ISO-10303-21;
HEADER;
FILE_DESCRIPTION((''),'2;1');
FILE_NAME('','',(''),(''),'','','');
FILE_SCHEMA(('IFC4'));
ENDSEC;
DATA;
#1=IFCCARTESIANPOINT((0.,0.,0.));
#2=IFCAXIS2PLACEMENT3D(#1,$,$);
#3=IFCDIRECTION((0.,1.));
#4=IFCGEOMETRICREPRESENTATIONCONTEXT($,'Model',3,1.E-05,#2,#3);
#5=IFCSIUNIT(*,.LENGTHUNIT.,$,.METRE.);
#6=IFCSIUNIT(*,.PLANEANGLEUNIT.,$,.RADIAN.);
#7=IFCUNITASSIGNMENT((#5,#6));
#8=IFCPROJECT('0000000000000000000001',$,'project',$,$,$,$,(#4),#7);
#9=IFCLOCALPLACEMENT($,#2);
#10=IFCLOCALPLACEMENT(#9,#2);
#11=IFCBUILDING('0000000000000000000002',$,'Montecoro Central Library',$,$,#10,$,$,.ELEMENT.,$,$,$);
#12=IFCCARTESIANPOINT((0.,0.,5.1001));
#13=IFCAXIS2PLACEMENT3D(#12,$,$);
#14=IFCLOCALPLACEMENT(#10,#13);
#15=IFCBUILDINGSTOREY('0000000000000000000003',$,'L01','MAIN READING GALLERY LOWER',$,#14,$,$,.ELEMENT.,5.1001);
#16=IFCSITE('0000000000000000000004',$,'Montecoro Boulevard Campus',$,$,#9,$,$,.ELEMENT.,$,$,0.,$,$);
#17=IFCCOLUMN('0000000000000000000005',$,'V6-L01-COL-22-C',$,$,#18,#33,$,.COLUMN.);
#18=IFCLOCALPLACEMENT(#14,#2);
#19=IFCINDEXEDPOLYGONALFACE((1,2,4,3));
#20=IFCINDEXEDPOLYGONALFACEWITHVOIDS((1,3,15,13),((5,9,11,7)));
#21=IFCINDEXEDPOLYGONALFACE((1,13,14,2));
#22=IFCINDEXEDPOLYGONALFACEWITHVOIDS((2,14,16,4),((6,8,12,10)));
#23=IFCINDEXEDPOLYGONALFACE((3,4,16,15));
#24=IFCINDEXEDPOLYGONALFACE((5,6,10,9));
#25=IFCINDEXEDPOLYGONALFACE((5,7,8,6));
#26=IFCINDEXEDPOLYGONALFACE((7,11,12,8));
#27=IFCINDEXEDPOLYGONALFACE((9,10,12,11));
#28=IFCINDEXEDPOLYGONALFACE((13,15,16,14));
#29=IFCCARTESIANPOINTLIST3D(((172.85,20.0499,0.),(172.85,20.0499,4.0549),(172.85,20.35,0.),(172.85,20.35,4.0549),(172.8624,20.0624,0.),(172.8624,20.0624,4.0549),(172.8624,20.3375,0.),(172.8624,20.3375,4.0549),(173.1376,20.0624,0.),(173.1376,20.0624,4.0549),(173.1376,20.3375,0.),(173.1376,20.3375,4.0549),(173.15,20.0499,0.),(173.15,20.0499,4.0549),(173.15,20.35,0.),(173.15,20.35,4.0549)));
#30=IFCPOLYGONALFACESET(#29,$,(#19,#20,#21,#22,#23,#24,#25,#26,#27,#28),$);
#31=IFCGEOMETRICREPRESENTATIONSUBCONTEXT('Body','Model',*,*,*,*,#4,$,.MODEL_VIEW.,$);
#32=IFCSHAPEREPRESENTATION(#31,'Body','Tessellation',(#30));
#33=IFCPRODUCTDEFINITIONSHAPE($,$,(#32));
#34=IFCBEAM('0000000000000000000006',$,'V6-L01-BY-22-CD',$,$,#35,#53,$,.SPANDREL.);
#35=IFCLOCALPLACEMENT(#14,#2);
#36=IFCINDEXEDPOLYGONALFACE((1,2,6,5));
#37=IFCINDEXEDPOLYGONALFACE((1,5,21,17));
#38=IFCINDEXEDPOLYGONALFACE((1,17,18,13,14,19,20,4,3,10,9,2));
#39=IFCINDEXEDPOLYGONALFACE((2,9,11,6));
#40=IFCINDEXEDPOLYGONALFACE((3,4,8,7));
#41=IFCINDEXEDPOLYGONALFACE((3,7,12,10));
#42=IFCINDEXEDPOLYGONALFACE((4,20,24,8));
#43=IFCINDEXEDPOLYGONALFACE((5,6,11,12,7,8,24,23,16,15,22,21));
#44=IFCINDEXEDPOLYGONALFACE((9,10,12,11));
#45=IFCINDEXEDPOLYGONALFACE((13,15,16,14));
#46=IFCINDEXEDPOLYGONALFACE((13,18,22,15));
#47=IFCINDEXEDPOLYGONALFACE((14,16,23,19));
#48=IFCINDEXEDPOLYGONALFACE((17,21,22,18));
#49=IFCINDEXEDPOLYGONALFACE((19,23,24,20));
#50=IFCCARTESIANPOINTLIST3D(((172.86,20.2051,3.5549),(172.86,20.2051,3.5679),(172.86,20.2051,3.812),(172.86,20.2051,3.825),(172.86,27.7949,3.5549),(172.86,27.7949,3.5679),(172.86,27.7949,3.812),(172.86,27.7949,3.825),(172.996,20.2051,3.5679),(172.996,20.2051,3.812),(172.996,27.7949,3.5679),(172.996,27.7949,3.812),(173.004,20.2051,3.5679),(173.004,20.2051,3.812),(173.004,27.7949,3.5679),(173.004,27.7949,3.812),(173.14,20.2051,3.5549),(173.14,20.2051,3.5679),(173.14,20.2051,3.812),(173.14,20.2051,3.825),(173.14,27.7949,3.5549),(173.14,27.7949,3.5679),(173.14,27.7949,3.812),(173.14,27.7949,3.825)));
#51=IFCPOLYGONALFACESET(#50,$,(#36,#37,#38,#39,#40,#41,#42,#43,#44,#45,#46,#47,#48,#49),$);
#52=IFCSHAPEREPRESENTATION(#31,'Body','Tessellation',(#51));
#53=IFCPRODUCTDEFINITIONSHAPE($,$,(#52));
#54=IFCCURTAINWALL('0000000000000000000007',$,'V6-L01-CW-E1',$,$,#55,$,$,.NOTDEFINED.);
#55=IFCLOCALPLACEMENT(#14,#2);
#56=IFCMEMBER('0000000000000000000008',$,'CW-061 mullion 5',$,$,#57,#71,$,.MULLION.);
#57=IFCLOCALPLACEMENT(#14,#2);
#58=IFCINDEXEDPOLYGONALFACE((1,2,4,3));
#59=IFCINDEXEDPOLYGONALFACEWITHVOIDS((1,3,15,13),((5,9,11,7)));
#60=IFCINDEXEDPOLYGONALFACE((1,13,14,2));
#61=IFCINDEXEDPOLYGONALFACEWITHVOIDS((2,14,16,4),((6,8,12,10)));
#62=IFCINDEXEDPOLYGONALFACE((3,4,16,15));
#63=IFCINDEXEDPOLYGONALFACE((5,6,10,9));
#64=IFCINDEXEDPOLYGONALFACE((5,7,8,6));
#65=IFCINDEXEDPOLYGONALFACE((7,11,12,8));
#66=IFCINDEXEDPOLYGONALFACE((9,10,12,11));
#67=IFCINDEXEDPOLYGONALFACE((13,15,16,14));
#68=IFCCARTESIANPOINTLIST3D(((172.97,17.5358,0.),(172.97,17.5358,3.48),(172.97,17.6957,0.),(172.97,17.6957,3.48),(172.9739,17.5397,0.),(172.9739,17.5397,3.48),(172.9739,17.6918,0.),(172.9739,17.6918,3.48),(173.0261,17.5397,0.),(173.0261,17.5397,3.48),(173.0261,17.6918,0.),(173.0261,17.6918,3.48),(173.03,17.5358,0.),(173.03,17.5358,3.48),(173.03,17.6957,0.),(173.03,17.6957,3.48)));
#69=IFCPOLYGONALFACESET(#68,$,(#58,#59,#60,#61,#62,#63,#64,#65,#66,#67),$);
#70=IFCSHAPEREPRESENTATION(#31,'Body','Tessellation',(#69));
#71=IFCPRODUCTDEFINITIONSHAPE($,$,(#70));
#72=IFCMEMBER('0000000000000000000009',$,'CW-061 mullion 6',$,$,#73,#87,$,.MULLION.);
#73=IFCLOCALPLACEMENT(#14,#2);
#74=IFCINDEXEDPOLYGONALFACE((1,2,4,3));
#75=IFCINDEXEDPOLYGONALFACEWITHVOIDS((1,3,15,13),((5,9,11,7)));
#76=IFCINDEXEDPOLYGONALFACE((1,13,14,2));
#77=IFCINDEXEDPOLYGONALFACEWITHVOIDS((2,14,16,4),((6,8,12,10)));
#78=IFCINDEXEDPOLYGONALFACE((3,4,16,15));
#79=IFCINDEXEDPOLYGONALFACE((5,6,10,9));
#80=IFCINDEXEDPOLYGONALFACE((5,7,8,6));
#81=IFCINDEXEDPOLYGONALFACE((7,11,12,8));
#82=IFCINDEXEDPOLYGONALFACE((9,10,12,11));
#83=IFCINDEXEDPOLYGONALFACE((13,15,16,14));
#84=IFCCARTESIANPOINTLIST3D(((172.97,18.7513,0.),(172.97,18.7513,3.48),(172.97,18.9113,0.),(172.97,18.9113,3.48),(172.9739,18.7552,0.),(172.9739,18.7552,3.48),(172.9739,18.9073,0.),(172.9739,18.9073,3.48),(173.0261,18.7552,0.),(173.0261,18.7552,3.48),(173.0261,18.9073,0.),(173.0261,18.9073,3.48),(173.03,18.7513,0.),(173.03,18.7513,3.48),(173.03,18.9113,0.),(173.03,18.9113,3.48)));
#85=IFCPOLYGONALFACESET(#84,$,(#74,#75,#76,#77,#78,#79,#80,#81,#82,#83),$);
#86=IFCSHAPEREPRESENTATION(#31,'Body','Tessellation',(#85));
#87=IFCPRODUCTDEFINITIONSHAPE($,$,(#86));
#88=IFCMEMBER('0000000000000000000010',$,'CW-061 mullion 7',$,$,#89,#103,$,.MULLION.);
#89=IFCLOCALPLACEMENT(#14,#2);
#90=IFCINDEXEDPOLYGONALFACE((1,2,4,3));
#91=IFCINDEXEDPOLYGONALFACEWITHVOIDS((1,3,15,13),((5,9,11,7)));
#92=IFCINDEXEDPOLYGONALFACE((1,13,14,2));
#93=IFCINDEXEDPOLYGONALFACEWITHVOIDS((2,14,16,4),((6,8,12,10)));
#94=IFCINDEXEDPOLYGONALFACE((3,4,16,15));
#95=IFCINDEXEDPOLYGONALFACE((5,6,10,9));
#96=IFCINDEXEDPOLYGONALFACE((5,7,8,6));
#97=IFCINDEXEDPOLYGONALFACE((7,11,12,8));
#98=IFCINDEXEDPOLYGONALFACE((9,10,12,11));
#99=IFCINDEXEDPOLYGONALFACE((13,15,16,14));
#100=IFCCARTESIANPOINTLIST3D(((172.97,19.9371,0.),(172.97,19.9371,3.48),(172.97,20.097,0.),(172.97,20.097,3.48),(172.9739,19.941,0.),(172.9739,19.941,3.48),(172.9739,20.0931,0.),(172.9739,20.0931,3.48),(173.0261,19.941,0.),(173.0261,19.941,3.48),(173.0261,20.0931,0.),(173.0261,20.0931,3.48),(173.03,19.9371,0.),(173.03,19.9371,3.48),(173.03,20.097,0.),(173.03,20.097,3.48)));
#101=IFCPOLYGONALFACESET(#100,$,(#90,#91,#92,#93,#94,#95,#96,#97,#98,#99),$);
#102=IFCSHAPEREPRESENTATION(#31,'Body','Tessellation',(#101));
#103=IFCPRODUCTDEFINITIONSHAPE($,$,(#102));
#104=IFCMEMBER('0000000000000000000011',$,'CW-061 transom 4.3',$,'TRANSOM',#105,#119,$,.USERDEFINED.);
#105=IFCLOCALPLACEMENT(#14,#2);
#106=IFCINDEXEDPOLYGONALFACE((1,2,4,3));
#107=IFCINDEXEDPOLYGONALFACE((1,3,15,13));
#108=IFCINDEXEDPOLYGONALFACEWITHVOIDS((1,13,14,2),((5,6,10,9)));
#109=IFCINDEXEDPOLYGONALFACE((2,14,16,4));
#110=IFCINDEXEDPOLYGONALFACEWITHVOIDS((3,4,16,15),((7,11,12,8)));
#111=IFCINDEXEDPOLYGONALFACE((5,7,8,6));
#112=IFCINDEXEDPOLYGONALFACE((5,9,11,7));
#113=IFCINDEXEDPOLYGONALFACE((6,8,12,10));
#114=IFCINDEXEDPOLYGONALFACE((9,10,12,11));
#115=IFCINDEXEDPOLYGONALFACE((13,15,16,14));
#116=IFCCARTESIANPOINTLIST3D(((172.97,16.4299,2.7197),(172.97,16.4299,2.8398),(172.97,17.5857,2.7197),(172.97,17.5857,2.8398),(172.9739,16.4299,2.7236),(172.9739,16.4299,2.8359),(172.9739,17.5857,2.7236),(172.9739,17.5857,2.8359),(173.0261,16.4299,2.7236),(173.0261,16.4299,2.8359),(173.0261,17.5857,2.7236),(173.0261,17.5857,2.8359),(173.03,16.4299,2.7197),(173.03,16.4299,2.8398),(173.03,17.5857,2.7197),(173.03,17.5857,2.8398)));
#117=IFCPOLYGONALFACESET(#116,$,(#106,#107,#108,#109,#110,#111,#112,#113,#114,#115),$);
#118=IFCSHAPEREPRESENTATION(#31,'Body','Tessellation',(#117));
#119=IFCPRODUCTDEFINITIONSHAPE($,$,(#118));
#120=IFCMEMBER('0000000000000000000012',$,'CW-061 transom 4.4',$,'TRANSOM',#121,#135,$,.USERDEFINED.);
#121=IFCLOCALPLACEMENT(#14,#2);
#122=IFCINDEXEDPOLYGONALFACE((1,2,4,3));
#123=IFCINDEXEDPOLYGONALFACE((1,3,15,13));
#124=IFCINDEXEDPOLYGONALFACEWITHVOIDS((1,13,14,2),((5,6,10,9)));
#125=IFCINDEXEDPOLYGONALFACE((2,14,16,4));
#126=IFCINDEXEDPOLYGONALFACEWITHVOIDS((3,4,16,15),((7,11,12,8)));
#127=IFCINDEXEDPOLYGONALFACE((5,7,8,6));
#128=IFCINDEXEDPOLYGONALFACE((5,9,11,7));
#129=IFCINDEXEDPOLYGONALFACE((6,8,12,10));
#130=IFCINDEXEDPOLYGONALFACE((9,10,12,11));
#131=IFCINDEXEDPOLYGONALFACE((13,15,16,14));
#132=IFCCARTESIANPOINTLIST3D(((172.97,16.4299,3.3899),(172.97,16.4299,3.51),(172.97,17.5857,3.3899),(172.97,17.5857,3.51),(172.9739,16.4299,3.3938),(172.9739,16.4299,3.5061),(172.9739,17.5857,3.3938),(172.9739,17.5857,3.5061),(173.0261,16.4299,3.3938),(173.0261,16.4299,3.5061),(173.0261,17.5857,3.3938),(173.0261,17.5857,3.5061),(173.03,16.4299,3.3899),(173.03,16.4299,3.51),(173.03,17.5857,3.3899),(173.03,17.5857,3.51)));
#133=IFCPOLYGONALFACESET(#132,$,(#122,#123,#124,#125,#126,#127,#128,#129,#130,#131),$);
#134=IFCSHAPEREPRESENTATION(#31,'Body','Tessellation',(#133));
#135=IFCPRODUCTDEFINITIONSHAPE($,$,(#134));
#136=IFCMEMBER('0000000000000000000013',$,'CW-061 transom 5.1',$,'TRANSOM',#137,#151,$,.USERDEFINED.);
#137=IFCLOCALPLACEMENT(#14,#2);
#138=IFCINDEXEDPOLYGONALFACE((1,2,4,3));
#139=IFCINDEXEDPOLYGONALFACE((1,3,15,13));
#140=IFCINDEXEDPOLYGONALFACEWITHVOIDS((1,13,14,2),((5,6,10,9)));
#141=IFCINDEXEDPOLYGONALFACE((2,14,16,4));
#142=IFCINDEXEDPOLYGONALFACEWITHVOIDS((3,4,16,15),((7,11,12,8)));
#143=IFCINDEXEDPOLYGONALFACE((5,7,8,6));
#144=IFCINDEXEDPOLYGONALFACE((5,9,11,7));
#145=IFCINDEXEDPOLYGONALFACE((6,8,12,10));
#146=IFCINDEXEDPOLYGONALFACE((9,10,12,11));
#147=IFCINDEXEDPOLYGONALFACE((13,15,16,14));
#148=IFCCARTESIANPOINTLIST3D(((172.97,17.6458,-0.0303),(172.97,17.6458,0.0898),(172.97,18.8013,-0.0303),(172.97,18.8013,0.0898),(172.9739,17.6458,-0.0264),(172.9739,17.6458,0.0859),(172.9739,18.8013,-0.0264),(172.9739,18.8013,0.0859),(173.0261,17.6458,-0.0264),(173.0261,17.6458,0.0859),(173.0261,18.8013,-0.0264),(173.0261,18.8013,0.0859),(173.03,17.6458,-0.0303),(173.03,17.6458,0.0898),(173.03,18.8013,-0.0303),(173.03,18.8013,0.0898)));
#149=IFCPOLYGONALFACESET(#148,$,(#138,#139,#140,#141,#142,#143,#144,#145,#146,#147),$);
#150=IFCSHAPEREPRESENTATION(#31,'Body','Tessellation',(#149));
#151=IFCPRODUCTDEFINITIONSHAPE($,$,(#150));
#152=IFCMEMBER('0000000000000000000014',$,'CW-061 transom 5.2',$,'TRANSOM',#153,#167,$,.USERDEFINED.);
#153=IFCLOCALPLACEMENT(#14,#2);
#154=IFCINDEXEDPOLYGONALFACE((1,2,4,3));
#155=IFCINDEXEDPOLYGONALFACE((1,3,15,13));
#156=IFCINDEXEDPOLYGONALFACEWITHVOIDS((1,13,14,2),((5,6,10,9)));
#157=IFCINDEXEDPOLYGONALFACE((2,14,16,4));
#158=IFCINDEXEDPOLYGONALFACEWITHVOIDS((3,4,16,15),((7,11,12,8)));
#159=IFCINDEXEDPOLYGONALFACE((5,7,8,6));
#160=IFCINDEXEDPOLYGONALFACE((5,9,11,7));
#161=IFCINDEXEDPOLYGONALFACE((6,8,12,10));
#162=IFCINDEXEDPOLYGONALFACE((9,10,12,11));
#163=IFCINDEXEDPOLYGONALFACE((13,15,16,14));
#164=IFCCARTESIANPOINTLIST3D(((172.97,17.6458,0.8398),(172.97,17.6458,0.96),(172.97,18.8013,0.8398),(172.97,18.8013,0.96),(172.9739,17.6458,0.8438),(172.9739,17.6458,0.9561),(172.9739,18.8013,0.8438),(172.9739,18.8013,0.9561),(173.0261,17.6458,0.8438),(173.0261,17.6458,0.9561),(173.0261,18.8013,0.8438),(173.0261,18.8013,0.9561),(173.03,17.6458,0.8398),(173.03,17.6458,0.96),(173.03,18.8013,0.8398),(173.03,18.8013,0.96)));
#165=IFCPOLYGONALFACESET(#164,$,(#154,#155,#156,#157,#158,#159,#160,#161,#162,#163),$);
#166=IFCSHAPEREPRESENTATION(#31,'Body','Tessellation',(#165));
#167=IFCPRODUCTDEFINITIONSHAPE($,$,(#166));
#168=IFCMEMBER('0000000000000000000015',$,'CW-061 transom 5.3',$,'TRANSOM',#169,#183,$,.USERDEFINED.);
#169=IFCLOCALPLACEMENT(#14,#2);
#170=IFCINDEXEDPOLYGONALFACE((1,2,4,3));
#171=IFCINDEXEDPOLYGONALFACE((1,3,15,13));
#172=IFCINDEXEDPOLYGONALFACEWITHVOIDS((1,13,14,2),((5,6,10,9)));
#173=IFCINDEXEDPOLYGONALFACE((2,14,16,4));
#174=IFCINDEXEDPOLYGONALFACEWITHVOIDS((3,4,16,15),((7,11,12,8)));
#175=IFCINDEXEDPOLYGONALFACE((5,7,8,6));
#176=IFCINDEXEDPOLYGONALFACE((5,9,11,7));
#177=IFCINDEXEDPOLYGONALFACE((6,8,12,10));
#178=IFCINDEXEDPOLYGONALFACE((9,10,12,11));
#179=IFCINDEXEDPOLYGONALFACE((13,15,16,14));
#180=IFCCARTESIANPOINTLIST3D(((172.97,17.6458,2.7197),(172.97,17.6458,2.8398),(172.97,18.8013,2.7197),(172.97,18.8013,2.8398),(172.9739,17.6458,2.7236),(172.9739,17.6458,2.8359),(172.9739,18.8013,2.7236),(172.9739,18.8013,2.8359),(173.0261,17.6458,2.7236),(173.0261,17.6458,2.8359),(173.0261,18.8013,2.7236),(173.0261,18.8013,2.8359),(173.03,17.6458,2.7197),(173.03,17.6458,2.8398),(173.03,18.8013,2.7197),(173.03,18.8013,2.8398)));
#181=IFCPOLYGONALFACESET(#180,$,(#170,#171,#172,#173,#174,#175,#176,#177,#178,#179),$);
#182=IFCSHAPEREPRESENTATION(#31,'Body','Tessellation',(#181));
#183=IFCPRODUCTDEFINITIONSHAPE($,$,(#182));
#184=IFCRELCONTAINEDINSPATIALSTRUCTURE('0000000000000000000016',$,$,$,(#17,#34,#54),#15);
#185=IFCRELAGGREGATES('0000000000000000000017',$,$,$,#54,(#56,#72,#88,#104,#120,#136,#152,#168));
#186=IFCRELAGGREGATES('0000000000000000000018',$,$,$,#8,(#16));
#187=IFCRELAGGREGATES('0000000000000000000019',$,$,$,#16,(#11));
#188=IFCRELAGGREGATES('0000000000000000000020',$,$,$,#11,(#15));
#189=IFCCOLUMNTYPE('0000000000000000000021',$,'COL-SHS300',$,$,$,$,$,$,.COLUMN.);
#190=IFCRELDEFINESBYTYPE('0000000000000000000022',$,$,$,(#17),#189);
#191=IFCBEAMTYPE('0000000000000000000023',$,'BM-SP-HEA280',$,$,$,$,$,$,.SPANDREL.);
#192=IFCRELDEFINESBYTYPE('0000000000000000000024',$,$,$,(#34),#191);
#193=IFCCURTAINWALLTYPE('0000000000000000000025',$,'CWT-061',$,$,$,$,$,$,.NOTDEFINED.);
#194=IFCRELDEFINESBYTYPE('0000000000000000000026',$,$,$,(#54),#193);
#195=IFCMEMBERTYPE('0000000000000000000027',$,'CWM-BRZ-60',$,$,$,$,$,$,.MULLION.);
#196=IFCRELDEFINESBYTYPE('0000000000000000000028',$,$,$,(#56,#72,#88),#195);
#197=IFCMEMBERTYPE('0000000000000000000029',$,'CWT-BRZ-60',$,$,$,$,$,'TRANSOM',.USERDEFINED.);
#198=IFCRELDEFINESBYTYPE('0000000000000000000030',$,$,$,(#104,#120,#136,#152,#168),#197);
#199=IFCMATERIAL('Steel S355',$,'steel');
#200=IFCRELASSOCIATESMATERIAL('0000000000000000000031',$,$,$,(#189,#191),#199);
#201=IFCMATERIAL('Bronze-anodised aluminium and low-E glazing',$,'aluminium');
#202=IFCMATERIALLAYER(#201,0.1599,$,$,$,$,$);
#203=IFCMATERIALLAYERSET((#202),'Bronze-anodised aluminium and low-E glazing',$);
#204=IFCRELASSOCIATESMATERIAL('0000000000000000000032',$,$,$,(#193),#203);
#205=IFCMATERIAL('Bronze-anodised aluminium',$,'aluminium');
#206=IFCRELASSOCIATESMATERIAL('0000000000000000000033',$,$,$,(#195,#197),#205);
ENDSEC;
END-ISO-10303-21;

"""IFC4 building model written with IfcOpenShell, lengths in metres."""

from ifc_helpers import new_model, si_unit, direction, frame, origin, origin_2d, place, context, subcontext, project, spatial, hollow_rectangle, i_section, extrude, material, layer, layer_set, material_profile, profile_set, type_object, element, aggregate, save


model = new_model("IFC4")

# Units and contexts
model_context = context("Model", 3, precision=1e-05, world=origin(), true_north=direction((0.0, 1.0)))
body_context = subcontext(model_context, "Body", "Model", "MODEL_VIEW")
ifc_project = project(units=[si_unit("LENGTHUNIT", "METRE"), si_unit("PLANEANGLEUNIT", "RADIAN")], contexts=[model_context])

# Site, building, storey
site_placement = place(None, origin())
site = spatial("IfcSite", under=ifc_project, at=site_placement, Name="Montecoro Boulevard Campus", CompositionType="ELEMENT", RefElevation=0.0)
building_placement = place(site_placement, origin())
building = spatial("IfcBuilding", under=site, at=building_placement, Name="Montecoro Central Library", CompositionType="ELEMENT")
storey_placement = place(building_placement, frame((0.0, 0.0, 5.1001)))
storey = spatial("IfcBuildingStorey", under=building, at=storey_placement, Name="L01", Description="MAIN READING GALLERY LOWER", CompositionType="ELEMENT", Elevation=5.1001)

# Column
ifc_material_1 = material(Name="Steel S355", Category="steel")
ifc_material_profile_1 = material_profile(ifc_material_1, hollow_rectangle(XDim=0.3, YDim=0.3, WallThickness=0.0125, at=origin_2d()), Name="SHS 300x300x12.5")
ifc_profile_set_1 = profile_set([ifc_material_profile_1], Name="Steel S355")
column_type = type_object("IfcColumnType", Name="COL-SHS300", PredefinedType="COLUMN", material=ifc_profile_set_1)
column_placement = place(storey_placement, frame((173.0, 20.2, 0.0), z_axis=(0.0, 0.0, 1.0), x_axis=(1.0, 0.0, 0.0)))
element("IfcColumn", 1, at=column_placement, inside=storey, type_object=column_type, Name="V6-L01-COL-22-C", PredefinedType="COLUMN", context=body_context, shape_type="SweptSolid", body=[
    extrude(hollow_rectangle(XDim=0.3, YDim=0.3, WallThickness=0.0125, at=origin_2d()), origin(), (0.0, 0.0, 1.0), 4.0549),
])

# Beam
ifc_material_profile_2 = material_profile(ifc_material_1, i_section(OverallWidth=0.28, OverallDepth=0.27, WebThickness=0.0081, FlangeThickness=0.0129, at=origin_2d()), Name="HEA 280")
ifc_profile_set_2 = profile_set([ifc_material_profile_2], Name="Steel S355")
beam_type = type_object("IfcBeamType", Name="BM-SP-HEA280", PredefinedType="SPANDREL", material=ifc_profile_set_2)
beam_placement = place(storey_placement, frame((173.0, 20.2051, 3.6899), z_axis=(0.0, 1.0, 0.0), x_axis=(-1.0, 0.0, 0.0)))
element("IfcBeam", 2, at=beam_placement, inside=storey, type_object=beam_type, Name="V6-L01-BY-22-CD", PredefinedType="SPANDREL", context=body_context, shape_type="SweptSolid", body=[
    extrude(i_section(OverallWidth=0.28, OverallDepth=0.27, WebThickness=0.0081, FlangeThickness=0.0129, at=origin_2d()), origin(), (0.0, 0.0, 1.0), 7.5898),
])

# Curtain wall, members
ifc_material_2 = material(Name="Bronze-anodised aluminium and low-E glazing", Category="aluminium")
ifc_layer_1 = layer(ifc_material_2, 0.1599)
ifc_layer_set_1 = layer_set([ifc_layer_1], Name="Bronze-anodised aluminium and low-E glazing")
curtain_wall_type = type_object("IfcCurtainWallType", Name="CWT-061", PredefinedType="NOTDEFINED", material=ifc_layer_set_1)
curtain_wall_placement = place(storey_placement, origin())
curtain_wall = element("IfcCurtainWall", 3, at=curtain_wall_placement, inside=storey, type_object=curtain_wall_type, Name="V6-L01-CW-E1", PredefinedType="NOTDEFINED")
ifc_material_3 = material(Name="Bronze-anodised aluminium", Category="aluminium")
ifc_material_profile_3 = material_profile(ifc_material_3, hollow_rectangle(XDim=0.0601, YDim=0.1599, WallThickness=0.0039, at=origin_2d()), Name="CWM 160x60x4.0")
ifc_profile_set_3 = profile_set([ifc_material_profile_3], Name="Bronze-anodised aluminium")
member_type_1 = type_object("IfcMemberType", Name="CWM-BRZ-60", PredefinedType="MULLION", material=ifc_profile_set_3)
member_1_placement = place(storey_placement, frame((173.0, 17.6157, 0.0), z_axis=(0.0, 0.0, 1.0), x_axis=(-1.0, 0.0, 0.0)))
member_1 = element("IfcMember", 4, at=member_1_placement, type_object=member_type_1, Name="CW-061 mullion 5", PredefinedType="MULLION", context=body_context, shape_type="SweptSolid", body=[
    extrude(hollow_rectangle(XDim=0.0601, YDim=0.1599, WallThickness=0.0039, at=origin_2d()), origin(), (0.0, 0.0, 1.0), 3.48),
])
member_2_placement = place(storey_placement, frame((173.0, 18.8313, 0.0), z_axis=(0.0, 0.0, 1.0), x_axis=(-1.0, 0.0, 0.0)))
member_2 = element("IfcMember", 5, at=member_2_placement, type_object=member_type_1, Name="CW-061 mullion 6", PredefinedType="MULLION", context=body_context, shape_type="SweptSolid", body=[
    extrude(hollow_rectangle(XDim=0.0601, YDim=0.1599, WallThickness=0.0039, at=origin_2d()), origin(), (0.0, 0.0, 1.0), 3.48),
])
member_3_placement = place(storey_placement, frame((173.0, 20.0171, 0.0), z_axis=(0.0, 0.0, 1.0), x_axis=(-1.0, 0.0, 0.0)))
member_3 = element("IfcMember", 6, at=member_3_placement, type_object=member_type_1, Name="CW-061 mullion 7", PredefinedType="MULLION", context=body_context, shape_type="SweptSolid", body=[
    extrude(hollow_rectangle(XDim=0.0601, YDim=0.1599, WallThickness=0.0039, at=origin_2d()), origin(), (0.0, 0.0, 1.0), 3.48),
])
ifc_material_profile_4 = material_profile(ifc_material_3, hollow_rectangle(XDim=0.0601, YDim=0.1201, WallThickness=0.0039, at=origin_2d()), Name="CWT 120x60x4.0")
ifc_profile_set_4 = profile_set([ifc_material_profile_4], Name="Bronze-anodised aluminium")
member_type_2 = type_object("IfcMemberType", Name="CWT-BRZ-60", ElementType="TRANSOM", PredefinedType="USERDEFINED", material=ifc_profile_set_4)
member_4_placement = place(storey_placement, frame((173.0, 16.4299, 2.7798), z_axis=(0.0, 1.0, 0.0), x_axis=(-1.0, 0.0, 0.0)))
member_4 = element("IfcMember", 7, at=member_4_placement, type_object=member_type_2, Name="CW-061 transom 4.3", ObjectType="TRANSOM", PredefinedType="USERDEFINED", context=body_context, shape_type="SweptSolid", body=[
    extrude(hollow_rectangle(XDim=0.0601, YDim=0.1201, WallThickness=0.0039, at=origin_2d()), origin(), (0.0, 0.0, 1.0), 1.1558),
])
member_5_placement = place(storey_placement, frame((173.0, 16.4299, 3.45), z_axis=(0.0, 1.0, 0.0), x_axis=(-1.0, 0.0, 0.0)))
member_5 = element("IfcMember", 8, at=member_5_placement, type_object=member_type_2, Name="CW-061 transom 4.4", ObjectType="TRANSOM", PredefinedType="USERDEFINED", context=body_context, shape_type="SweptSolid", body=[
    extrude(hollow_rectangle(XDim=0.0601, YDim=0.1201, WallThickness=0.0039, at=origin_2d()), origin(), (0.0, 0.0, 1.0), 1.1558),
])
member_6_placement = place(storey_placement, frame((173.0, 17.6458, 0.0298), z_axis=(0.0, 1.0, 0.0), x_axis=(-1.0, 0.0, 0.0)))
member_6 = element("IfcMember", 9, at=member_6_placement, type_object=member_type_2, Name="CW-061 transom 5.1", ObjectType="TRANSOM", PredefinedType="USERDEFINED", context=body_context, shape_type="SweptSolid", body=[
    extrude(hollow_rectangle(XDim=0.0601, YDim=0.1201, WallThickness=0.0039, at=origin_2d()), origin(), (0.0, 0.0, 1.0), 1.1555),
])
member_7_placement = place(storey_placement, frame((173.0, 17.6458, 0.8999), z_axis=(0.0, 1.0, 0.0), x_axis=(-1.0, 0.0, 0.0)))
member_7 = element("IfcMember", 10, at=member_7_placement, type_object=member_type_2, Name="CW-061 transom 5.2", ObjectType="TRANSOM", PredefinedType="USERDEFINED", context=body_context, shape_type="SweptSolid", body=[
    extrude(hollow_rectangle(XDim=0.0601, YDim=0.1201, WallThickness=0.0039, at=origin_2d()), origin(), (0.0, 0.0, 1.0), 1.1555),
])
member_8_placement = place(storey_placement, frame((173.0, 17.6458, 2.7798), z_axis=(0.0, 1.0, 0.0), x_axis=(-1.0, 0.0, 0.0)))
member_8 = element("IfcMember", 11, at=member_8_placement, type_object=member_type_2, Name="CW-061 transom 5.3", ObjectType="TRANSOM", PredefinedType="USERDEFINED", context=body_context, shape_type="SweptSolid", body=[
    extrude(hollow_rectangle(XDim=0.0601, YDim=0.1201, WallThickness=0.0039, at=origin_2d()), origin(), (0.0, 0.0, 1.0), 1.1555),
])
aggregate(curtain_wall, [member_1, member_2, member_3, member_4, member_5, member_6, member_7, member_8])

save(model, "model.ifc")
